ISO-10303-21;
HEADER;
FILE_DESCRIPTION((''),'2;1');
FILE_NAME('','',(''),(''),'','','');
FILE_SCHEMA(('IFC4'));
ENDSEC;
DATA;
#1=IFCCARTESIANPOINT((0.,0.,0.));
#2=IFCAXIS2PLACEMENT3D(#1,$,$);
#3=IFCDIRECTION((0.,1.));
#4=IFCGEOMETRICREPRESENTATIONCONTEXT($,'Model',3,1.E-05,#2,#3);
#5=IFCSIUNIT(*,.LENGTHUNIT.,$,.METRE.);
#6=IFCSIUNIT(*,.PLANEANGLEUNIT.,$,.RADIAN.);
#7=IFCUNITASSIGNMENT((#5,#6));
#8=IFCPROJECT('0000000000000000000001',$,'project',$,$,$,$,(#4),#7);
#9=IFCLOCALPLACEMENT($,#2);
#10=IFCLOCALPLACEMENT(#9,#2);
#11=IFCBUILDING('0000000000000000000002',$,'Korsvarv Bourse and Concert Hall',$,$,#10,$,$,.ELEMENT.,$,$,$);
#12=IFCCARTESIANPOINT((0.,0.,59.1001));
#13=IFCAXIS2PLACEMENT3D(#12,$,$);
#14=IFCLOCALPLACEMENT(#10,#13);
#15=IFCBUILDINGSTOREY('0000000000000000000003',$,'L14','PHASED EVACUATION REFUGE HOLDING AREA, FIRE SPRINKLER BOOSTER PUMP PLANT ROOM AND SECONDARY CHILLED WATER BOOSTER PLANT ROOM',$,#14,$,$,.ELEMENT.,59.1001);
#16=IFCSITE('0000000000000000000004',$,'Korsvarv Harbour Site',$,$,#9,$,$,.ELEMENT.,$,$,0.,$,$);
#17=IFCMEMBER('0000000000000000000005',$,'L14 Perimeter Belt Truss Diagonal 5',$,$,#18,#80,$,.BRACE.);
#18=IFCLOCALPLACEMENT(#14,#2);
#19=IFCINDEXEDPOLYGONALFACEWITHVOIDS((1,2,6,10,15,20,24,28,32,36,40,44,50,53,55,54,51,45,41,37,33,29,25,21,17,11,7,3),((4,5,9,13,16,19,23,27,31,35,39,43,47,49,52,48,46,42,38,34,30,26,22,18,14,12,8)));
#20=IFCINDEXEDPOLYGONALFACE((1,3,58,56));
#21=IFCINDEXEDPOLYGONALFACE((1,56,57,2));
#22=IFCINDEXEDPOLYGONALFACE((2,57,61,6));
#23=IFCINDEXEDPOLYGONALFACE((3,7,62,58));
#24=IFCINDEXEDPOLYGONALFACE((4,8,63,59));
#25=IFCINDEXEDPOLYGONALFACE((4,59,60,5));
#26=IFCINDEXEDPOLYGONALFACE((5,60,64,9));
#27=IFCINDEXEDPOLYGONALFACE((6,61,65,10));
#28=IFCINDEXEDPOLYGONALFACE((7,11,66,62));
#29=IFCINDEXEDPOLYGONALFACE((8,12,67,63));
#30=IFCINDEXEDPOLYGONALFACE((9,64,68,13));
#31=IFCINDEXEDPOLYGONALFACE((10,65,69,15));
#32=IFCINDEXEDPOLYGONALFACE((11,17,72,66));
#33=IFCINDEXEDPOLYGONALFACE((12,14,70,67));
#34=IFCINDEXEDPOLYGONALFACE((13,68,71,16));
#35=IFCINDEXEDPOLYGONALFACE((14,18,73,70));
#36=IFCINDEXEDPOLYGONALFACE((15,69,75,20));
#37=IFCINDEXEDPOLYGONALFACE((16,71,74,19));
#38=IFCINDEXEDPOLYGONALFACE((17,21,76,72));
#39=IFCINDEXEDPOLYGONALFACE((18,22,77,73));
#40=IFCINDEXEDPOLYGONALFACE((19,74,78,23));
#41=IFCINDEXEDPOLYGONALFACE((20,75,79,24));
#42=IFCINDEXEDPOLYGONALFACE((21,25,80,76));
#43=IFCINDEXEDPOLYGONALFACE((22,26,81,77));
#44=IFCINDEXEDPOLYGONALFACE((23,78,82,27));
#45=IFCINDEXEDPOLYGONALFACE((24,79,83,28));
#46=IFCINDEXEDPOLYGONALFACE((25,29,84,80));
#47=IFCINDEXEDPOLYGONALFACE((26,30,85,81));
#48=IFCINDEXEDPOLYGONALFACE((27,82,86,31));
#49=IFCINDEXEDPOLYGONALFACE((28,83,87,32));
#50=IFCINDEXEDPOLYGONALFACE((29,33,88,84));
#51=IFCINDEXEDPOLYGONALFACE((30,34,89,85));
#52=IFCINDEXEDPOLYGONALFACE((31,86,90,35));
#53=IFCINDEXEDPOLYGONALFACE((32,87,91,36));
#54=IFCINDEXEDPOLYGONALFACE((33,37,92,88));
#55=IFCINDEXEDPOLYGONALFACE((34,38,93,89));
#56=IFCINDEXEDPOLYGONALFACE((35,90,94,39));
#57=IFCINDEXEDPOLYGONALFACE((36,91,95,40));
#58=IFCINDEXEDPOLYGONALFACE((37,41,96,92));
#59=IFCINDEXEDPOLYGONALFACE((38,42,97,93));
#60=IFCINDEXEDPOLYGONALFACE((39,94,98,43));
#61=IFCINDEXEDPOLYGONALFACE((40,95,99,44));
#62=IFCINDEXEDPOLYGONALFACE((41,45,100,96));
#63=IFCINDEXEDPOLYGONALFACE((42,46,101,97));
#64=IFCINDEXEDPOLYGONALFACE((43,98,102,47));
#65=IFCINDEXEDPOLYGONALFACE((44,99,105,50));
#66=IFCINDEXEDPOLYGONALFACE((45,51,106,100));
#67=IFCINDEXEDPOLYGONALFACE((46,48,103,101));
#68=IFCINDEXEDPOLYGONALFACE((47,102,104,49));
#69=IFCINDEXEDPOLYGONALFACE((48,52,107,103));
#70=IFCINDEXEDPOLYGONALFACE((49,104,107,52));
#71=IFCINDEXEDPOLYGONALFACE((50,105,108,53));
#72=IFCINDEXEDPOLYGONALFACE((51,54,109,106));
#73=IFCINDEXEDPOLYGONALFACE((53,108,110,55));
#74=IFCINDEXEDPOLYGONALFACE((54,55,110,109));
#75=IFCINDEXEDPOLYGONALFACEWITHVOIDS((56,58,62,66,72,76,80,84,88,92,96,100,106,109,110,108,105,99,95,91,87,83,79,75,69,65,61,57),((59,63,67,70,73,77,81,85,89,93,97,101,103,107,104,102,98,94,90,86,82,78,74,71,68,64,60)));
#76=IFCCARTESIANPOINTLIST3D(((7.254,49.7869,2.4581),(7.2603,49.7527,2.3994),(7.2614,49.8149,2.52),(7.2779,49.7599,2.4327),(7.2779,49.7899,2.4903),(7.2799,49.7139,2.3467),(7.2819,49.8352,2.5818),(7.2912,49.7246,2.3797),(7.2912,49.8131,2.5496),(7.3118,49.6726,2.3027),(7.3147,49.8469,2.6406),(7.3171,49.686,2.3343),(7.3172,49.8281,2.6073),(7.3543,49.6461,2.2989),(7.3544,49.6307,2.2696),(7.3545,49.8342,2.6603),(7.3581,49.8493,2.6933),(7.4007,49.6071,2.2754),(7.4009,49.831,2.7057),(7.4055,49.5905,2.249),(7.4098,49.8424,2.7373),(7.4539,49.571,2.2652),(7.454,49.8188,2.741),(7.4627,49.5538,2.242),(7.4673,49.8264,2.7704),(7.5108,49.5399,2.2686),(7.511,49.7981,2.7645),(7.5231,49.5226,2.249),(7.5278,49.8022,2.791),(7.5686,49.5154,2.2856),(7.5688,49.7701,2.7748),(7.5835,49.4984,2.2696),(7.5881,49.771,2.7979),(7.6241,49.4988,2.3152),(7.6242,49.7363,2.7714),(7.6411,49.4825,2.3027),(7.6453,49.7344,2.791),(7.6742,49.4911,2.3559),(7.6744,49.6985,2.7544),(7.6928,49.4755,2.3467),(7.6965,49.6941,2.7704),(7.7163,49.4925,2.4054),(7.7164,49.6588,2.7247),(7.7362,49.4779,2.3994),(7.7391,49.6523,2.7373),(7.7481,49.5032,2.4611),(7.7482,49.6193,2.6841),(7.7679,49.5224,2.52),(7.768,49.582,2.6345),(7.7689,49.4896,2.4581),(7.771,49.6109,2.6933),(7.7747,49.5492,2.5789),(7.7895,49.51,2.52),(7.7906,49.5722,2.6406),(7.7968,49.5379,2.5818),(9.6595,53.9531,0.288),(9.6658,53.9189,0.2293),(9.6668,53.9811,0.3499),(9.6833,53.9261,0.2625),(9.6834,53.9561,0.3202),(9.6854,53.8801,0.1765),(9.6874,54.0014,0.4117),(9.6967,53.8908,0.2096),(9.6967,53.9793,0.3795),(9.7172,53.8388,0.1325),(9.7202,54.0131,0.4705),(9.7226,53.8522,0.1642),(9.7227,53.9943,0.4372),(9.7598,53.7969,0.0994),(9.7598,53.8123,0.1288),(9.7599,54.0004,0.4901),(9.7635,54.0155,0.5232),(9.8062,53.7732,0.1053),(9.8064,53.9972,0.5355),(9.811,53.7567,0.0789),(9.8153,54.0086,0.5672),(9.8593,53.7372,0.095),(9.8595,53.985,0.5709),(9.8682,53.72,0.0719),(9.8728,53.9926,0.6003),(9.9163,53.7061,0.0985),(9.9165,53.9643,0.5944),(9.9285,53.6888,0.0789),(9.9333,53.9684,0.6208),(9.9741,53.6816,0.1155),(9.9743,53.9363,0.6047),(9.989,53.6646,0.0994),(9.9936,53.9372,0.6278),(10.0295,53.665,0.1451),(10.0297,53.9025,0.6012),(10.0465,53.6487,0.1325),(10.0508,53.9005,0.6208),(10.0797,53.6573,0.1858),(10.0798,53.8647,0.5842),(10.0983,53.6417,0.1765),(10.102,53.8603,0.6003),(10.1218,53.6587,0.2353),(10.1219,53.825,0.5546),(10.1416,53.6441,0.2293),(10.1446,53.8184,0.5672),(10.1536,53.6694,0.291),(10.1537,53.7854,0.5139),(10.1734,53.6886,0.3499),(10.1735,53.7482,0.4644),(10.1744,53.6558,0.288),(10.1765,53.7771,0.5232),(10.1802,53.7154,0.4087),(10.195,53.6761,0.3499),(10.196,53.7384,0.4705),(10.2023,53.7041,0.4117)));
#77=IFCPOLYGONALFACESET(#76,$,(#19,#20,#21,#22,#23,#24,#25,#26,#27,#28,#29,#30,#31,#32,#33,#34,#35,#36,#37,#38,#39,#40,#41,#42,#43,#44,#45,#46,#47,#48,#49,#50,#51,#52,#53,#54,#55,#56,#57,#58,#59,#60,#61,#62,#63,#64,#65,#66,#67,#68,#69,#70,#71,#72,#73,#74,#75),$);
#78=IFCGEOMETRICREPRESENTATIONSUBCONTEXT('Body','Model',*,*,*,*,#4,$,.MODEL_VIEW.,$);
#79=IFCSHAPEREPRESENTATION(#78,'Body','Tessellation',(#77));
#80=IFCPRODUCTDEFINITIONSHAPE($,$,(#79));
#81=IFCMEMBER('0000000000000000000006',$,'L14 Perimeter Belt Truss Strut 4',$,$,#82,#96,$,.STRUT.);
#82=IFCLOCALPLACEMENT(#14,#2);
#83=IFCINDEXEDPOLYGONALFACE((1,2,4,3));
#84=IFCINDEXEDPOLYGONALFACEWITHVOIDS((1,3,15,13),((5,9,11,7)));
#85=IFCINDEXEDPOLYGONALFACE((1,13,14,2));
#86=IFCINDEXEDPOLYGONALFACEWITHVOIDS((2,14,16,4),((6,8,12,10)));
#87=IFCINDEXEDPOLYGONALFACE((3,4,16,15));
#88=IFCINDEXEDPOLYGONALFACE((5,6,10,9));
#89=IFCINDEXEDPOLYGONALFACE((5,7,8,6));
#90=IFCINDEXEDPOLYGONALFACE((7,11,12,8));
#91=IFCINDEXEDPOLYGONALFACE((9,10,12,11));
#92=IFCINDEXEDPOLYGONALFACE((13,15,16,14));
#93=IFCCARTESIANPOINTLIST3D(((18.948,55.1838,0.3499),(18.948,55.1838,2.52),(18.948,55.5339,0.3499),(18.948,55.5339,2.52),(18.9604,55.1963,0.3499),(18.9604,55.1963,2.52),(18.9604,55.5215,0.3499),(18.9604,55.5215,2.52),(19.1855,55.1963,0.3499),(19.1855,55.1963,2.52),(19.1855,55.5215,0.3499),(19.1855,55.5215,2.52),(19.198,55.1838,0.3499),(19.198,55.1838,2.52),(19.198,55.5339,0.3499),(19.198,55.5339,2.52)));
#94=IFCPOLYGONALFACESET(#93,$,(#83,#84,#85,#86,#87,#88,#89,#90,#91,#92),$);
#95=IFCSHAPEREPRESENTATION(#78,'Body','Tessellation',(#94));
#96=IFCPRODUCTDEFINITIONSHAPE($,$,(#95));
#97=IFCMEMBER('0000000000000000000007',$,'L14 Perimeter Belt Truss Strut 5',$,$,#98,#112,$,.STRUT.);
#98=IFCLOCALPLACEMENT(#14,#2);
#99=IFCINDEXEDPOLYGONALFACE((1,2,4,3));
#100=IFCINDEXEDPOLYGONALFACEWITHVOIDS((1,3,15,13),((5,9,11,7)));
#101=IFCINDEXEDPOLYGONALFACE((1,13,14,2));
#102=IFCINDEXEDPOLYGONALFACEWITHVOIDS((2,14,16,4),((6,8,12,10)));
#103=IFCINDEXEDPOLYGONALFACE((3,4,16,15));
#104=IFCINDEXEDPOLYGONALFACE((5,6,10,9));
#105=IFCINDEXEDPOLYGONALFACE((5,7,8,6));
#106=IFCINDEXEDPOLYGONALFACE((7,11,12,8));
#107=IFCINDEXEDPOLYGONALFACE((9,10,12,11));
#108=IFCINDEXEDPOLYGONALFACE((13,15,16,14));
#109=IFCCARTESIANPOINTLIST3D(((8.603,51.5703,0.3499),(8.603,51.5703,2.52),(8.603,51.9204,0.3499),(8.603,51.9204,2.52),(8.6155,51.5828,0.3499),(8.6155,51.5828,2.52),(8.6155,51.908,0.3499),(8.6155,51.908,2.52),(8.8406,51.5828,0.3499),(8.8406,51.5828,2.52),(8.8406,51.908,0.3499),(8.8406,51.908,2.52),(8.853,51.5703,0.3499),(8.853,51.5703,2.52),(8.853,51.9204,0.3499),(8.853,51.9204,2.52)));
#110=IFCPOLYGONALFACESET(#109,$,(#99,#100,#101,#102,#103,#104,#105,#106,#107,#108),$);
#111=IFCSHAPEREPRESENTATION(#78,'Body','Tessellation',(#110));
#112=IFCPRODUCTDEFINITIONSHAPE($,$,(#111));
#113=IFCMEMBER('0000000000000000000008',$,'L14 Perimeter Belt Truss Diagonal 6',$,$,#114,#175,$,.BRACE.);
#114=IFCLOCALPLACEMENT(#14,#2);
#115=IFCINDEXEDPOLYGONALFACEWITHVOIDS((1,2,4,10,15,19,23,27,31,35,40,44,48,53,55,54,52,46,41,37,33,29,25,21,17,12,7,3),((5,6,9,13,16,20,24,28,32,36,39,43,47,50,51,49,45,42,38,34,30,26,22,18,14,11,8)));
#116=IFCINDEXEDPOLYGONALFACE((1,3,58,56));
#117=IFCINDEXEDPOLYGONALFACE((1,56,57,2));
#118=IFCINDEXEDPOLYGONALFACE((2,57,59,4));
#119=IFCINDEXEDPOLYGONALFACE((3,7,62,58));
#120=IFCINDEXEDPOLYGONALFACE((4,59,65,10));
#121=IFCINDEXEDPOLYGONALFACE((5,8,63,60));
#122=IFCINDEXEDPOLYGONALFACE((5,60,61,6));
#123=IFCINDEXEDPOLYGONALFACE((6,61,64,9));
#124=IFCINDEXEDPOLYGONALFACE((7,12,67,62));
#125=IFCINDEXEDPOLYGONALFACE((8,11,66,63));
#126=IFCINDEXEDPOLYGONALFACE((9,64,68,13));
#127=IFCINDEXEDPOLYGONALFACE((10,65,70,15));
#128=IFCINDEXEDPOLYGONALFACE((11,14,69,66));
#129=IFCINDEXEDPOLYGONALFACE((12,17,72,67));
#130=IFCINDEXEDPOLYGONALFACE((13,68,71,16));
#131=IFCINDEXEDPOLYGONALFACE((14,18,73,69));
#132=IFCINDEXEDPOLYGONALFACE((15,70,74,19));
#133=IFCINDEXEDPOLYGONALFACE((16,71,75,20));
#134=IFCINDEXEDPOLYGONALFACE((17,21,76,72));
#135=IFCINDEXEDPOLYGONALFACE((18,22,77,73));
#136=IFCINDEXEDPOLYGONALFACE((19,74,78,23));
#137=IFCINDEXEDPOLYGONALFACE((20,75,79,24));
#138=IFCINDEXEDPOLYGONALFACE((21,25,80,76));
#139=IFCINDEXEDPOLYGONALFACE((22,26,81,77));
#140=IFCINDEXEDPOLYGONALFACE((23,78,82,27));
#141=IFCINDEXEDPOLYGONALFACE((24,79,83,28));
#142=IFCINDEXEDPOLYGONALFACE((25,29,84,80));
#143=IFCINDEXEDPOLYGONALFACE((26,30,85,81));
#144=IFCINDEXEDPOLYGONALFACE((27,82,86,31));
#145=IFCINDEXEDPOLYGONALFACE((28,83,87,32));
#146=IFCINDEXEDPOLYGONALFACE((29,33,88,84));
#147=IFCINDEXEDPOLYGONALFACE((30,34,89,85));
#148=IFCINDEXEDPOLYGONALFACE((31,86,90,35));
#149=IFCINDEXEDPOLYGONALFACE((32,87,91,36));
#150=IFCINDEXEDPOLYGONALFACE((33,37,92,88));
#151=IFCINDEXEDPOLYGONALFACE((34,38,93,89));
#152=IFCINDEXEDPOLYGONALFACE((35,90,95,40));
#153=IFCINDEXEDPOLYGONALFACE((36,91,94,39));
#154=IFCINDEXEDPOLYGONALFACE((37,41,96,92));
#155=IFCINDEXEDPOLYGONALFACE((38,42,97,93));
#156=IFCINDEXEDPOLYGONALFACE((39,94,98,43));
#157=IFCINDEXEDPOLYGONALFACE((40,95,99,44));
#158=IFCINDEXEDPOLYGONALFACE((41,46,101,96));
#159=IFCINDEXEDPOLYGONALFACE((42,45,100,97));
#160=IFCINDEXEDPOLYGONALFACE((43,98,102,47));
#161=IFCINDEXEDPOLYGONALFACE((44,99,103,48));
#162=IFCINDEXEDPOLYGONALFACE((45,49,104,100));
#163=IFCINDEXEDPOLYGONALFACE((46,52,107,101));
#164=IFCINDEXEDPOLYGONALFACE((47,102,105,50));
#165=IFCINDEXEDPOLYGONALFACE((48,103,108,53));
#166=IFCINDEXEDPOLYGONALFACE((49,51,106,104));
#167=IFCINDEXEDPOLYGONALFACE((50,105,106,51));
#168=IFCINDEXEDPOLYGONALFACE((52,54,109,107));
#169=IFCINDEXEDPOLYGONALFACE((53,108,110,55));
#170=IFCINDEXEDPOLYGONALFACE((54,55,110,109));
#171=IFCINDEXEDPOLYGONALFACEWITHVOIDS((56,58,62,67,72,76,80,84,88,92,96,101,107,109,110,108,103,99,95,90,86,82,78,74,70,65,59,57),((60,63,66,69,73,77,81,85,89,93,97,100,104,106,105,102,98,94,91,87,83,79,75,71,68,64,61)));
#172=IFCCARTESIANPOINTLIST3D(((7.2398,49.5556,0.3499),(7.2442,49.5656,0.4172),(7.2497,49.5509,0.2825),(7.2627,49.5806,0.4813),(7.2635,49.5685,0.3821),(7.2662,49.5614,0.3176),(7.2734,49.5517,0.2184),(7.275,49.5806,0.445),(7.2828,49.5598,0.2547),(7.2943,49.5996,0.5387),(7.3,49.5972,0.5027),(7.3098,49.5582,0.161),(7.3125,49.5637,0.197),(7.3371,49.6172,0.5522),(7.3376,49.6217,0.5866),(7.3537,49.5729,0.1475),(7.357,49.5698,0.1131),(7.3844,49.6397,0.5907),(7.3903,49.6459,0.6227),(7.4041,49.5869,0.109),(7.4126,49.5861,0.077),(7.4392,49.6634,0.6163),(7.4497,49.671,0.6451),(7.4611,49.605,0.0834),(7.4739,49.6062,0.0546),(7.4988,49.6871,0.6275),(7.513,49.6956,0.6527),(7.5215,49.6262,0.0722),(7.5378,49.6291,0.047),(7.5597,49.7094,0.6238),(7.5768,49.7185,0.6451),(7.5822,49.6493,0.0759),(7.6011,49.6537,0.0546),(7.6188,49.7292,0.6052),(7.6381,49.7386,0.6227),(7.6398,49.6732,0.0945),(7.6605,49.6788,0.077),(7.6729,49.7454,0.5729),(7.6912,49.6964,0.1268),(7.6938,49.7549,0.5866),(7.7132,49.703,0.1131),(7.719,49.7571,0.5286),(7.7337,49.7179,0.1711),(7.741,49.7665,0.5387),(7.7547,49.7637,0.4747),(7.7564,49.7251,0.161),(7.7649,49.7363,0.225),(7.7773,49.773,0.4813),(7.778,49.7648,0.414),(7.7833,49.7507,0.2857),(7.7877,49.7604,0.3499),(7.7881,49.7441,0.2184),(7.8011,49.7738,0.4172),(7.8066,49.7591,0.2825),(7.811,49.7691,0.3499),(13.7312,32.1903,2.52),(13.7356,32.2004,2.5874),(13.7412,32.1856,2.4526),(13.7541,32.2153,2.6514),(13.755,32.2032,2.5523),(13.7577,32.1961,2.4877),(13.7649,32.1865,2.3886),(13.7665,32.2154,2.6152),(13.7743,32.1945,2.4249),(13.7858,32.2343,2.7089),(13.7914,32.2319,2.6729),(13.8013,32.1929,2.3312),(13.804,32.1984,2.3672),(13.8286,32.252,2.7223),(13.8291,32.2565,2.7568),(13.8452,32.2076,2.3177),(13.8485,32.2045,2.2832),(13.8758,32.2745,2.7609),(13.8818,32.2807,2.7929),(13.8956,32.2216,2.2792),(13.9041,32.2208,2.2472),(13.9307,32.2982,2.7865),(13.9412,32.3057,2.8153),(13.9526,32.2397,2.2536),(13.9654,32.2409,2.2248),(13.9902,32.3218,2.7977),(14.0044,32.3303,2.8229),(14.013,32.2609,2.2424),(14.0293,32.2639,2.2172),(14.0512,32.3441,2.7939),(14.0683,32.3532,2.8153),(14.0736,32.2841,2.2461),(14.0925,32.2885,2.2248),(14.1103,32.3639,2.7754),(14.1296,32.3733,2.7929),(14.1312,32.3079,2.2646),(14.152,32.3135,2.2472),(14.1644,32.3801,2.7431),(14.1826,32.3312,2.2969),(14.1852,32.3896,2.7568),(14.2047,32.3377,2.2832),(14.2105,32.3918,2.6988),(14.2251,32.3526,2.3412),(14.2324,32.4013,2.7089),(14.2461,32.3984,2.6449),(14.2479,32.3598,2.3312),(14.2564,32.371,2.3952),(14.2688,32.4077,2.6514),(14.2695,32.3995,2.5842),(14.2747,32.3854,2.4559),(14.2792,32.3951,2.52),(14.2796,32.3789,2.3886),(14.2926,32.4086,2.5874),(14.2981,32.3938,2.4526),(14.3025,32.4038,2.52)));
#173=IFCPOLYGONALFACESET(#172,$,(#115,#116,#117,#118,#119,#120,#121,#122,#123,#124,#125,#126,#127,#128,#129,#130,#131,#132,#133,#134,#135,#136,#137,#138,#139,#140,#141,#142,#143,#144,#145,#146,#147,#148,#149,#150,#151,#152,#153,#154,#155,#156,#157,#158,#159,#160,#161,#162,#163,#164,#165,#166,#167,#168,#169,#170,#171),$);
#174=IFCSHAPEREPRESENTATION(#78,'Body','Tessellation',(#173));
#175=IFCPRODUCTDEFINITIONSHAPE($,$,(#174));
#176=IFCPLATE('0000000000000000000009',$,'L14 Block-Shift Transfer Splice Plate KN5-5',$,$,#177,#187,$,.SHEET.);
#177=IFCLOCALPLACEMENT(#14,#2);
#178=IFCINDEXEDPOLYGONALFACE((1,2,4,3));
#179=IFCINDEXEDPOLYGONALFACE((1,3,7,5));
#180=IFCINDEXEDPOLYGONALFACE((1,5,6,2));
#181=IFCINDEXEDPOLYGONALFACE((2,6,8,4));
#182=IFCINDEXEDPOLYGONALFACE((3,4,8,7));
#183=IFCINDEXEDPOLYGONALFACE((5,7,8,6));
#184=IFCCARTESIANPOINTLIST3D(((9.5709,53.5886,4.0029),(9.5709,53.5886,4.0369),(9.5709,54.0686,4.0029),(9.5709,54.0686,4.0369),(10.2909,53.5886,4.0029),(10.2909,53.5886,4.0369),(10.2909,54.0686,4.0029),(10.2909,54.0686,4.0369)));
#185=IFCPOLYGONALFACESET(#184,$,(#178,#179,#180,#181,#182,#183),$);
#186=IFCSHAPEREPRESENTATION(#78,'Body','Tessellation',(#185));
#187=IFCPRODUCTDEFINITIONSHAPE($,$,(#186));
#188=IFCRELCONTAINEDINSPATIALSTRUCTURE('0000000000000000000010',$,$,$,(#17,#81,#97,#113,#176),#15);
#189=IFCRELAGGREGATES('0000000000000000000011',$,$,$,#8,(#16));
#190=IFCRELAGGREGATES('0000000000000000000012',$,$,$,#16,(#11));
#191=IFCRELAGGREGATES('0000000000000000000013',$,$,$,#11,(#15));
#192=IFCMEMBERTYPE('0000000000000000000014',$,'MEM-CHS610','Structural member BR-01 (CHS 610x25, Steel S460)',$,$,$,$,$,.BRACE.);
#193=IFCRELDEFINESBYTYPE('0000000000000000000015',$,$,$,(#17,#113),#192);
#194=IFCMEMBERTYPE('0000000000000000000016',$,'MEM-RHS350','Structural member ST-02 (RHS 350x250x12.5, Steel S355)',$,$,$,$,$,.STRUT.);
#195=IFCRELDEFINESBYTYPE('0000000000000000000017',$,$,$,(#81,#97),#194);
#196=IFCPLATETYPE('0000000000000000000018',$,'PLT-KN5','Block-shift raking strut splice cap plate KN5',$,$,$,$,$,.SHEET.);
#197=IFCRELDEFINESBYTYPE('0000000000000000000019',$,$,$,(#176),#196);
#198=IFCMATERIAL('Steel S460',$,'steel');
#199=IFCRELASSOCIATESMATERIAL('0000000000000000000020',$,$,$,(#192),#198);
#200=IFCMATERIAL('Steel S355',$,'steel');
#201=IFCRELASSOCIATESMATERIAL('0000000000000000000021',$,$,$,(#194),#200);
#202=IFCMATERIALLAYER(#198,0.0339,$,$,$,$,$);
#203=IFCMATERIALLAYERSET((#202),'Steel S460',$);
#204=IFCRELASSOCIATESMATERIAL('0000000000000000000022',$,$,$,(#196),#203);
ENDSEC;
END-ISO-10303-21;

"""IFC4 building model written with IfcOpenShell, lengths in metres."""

from ifc_helpers import new_model, si_unit, direction, frame, origin, origin_2d, place, context, subcontext, project, spatial, rectangle, hollow_rectangle, hollow_circle, extrude, source, transform, mapped, material, layer, layer_set, material_profile, profile_set, type_object, element, save


model = new_model("IFC4")

# Units and contexts
model_context = context("Model", 3, precision=1e-05, world=origin(), true_north=direction((0.0, 1.0)))
body_context = subcontext(model_context, "Body", "Model", "MODEL_VIEW")
ifc_project = project(units=[si_unit("LENGTHUNIT", "METRE"), si_unit("PLANEANGLEUNIT", "RADIAN")], contexts=[model_context])

# Site, building, storey
site_placement = place(None, origin())
site = spatial("IfcSite", under=ifc_project, at=site_placement, Name="Korsvarv Harbour Site", CompositionType="ELEMENT", RefElevation=0.0)
building_placement = place(site_placement, origin())
building = spatial("IfcBuilding", under=site, at=building_placement, Name="Korsvarv Bourse and Concert Hall", CompositionType="ELEMENT")
storey_placement = place(building_placement, frame((0.0, 0.0, 59.1001)))
storey = spatial("IfcBuildingStorey", under=building, at=storey_placement, Name="L14", Description="PHASED EVACUATION REFUGE HOLDING AREA, FIRE SPRINKLER BOOSTER PUMP PLANT ROOM AND SECONDARY CHILLED WATER BOOSTER PLANT ROOM", CompositionType="ELEMENT", Elevation=59.1001)

# Shared definitions
ifc_material_1 = material(Name="Steel S460", Category="steel")

# Members
ifc_material_profile_1 = material_profile(ifc_material_1, hollow_circle(Radius=0.3049, WallThickness=0.0249, at=origin_2d()), Name="CHS 610x25")
ifc_profile_set_1 = profile_set([ifc_material_profile_1], Name="Steel S460")
member_type_1 = type_object("IfcMemberType", Name="MEM-CHS610", Description="Structural member BR-01 (CHS 610x25, Steel S460)", PredefinedType="BRACE", material=ifc_profile_set_1)
shared_shape_1 = source(origin(), body_context, "Body", "SweptSolid", [
    extrude(hollow_circle(Radius=0.3049, WallThickness=0.0249, at=origin_2d()), origin(), (0.0, 0.0, 1.0), 5.2776),
])
member_1_placement = place(storey_placement, frame((9.9309, 53.8286, 0.3499), z_axis=(-0.455791, -0.789412, 0.411197), x_axis=(0.866014, -0.50002, 0.0)))
element("IfcMember", 1, at=member_1_placement, inside=storey, type_object=member_type_1, Name="L14 Perimeter Belt Truss Diagonal 5", PredefinedType="BRACE", context=body_context, shape_type="MappedRepresentation", body=[
    mapped(shared_shape_1, transform((0.0, 0.0, 0.0), scale=1.0)),
])
ifc_material_2 = material(Name="Steel S355", Category="steel")
ifc_material_profile_2 = material_profile(ifc_material_2, hollow_rectangle(XDim=0.25, YDim=0.3501, WallThickness=0.0125, at=origin_2d()), Name="RHS 350x250x12.5")
ifc_profile_set_2 = profile_set([ifc_material_profile_2], Name="Steel S355")
member_type_2 = type_object("IfcMemberType", Name="MEM-RHS350", Description="Structural member ST-02 (RHS 350x250x12.5, Steel S355)", PredefinedType="STRUT", material=ifc_profile_set_2)
shared_shape_2 = source(origin(), body_context, "Body", "SweptSolid", [
    extrude(hollow_rectangle(XDim=0.25, YDim=0.3501, WallThickness=0.0125, at=origin_2d()), origin(), (0.0, 0.0, 1.0), 2.1702),
])
for number, where, z_axis, x_axis, name in (
    (2, (19.073, 55.3589, 0.3499), (0.0, 0.0, 1.0), (1.0, 0.0, 0.0), "L14 Perimeter Belt Truss Strut 4"),
    (3, (8.728, 51.7454, 0.3499), (0.0, 0.0, 1.0), (1.0, 0.0, 0.0), "L14 Perimeter Belt Truss Strut 5"),
):
    element("IfcMember", number, at=place(storey_placement, frame(where, z_axis=z_axis, x_axis=x_axis)), inside=storey, type_object=member_type_2, Name=name, PredefinedType="STRUT", context=body_context, shape_type="MappedRepresentation", body=[
        mapped(shared_shape_2, transform((0.0, 0.0, 0.0), scale=1.0)),
    ])
shared_shape_3 = source(origin(), body_context, "Body", "SweptSolid", [
    extrude(hollow_circle(Radius=0.3049, WallThickness=0.0249, at=origin_2d()), origin(), (0.0, 0.0, 1.0), 18.6655),
])
member_2_placement = place(storey_placement, frame((7.5254, 49.6624, 0.3499), z_axis=(0.347779, -0.93034, 0.116266), x_axis=(0.936692, 0.350153, 0.0)))
element("IfcMember", 4, at=member_2_placement, inside=storey, type_object=member_type_1, Name="L14 Perimeter Belt Truss Diagonal 6", PredefinedType="BRACE", context=body_context, shape_type="MappedRepresentation", body=[
    mapped(shared_shape_3, transform((0.0, 0.0, 0.0), scale=1.0)),
])

# Plate
ifc_layer_1 = layer(ifc_material_1, 0.0339)
ifc_layer_set_1 = layer_set([ifc_layer_1], Name="Steel S460")
plate_type_1 = type_object("IfcPlateType", Name="PLT-KN5", Description="Block-shift raking strut splice cap plate KN5", PredefinedType="SHEET", material=ifc_layer_set_1)
shared_shape_4 = source(origin(), body_context, "Body", "SweptSolid", [
    extrude(rectangle(XDim=0.72, YDim=0.48, at=origin_2d()), origin(), (0.0, 0.0, 1.0), 0.0339),
])
plate_1_placement = place(storey_placement, frame((9.9309, 53.8286, 4.0029), z_axis=(0.0, 0.0, 1.0), x_axis=(1.0, 0.0, 0.0)))
element("IfcPlate", 5, at=plate_1_placement, inside=storey, type_object=plate_type_1, Name="L14 Block-Shift Transfer Splice Plate KN5-5", PredefinedType="SHEET", context=body_context, shape_type="MappedRepresentation", body=[
    mapped(shared_shape_4, transform((0.0, 0.0, 0.0), scale=1.0)),
])

save(model, "model.ifc")
